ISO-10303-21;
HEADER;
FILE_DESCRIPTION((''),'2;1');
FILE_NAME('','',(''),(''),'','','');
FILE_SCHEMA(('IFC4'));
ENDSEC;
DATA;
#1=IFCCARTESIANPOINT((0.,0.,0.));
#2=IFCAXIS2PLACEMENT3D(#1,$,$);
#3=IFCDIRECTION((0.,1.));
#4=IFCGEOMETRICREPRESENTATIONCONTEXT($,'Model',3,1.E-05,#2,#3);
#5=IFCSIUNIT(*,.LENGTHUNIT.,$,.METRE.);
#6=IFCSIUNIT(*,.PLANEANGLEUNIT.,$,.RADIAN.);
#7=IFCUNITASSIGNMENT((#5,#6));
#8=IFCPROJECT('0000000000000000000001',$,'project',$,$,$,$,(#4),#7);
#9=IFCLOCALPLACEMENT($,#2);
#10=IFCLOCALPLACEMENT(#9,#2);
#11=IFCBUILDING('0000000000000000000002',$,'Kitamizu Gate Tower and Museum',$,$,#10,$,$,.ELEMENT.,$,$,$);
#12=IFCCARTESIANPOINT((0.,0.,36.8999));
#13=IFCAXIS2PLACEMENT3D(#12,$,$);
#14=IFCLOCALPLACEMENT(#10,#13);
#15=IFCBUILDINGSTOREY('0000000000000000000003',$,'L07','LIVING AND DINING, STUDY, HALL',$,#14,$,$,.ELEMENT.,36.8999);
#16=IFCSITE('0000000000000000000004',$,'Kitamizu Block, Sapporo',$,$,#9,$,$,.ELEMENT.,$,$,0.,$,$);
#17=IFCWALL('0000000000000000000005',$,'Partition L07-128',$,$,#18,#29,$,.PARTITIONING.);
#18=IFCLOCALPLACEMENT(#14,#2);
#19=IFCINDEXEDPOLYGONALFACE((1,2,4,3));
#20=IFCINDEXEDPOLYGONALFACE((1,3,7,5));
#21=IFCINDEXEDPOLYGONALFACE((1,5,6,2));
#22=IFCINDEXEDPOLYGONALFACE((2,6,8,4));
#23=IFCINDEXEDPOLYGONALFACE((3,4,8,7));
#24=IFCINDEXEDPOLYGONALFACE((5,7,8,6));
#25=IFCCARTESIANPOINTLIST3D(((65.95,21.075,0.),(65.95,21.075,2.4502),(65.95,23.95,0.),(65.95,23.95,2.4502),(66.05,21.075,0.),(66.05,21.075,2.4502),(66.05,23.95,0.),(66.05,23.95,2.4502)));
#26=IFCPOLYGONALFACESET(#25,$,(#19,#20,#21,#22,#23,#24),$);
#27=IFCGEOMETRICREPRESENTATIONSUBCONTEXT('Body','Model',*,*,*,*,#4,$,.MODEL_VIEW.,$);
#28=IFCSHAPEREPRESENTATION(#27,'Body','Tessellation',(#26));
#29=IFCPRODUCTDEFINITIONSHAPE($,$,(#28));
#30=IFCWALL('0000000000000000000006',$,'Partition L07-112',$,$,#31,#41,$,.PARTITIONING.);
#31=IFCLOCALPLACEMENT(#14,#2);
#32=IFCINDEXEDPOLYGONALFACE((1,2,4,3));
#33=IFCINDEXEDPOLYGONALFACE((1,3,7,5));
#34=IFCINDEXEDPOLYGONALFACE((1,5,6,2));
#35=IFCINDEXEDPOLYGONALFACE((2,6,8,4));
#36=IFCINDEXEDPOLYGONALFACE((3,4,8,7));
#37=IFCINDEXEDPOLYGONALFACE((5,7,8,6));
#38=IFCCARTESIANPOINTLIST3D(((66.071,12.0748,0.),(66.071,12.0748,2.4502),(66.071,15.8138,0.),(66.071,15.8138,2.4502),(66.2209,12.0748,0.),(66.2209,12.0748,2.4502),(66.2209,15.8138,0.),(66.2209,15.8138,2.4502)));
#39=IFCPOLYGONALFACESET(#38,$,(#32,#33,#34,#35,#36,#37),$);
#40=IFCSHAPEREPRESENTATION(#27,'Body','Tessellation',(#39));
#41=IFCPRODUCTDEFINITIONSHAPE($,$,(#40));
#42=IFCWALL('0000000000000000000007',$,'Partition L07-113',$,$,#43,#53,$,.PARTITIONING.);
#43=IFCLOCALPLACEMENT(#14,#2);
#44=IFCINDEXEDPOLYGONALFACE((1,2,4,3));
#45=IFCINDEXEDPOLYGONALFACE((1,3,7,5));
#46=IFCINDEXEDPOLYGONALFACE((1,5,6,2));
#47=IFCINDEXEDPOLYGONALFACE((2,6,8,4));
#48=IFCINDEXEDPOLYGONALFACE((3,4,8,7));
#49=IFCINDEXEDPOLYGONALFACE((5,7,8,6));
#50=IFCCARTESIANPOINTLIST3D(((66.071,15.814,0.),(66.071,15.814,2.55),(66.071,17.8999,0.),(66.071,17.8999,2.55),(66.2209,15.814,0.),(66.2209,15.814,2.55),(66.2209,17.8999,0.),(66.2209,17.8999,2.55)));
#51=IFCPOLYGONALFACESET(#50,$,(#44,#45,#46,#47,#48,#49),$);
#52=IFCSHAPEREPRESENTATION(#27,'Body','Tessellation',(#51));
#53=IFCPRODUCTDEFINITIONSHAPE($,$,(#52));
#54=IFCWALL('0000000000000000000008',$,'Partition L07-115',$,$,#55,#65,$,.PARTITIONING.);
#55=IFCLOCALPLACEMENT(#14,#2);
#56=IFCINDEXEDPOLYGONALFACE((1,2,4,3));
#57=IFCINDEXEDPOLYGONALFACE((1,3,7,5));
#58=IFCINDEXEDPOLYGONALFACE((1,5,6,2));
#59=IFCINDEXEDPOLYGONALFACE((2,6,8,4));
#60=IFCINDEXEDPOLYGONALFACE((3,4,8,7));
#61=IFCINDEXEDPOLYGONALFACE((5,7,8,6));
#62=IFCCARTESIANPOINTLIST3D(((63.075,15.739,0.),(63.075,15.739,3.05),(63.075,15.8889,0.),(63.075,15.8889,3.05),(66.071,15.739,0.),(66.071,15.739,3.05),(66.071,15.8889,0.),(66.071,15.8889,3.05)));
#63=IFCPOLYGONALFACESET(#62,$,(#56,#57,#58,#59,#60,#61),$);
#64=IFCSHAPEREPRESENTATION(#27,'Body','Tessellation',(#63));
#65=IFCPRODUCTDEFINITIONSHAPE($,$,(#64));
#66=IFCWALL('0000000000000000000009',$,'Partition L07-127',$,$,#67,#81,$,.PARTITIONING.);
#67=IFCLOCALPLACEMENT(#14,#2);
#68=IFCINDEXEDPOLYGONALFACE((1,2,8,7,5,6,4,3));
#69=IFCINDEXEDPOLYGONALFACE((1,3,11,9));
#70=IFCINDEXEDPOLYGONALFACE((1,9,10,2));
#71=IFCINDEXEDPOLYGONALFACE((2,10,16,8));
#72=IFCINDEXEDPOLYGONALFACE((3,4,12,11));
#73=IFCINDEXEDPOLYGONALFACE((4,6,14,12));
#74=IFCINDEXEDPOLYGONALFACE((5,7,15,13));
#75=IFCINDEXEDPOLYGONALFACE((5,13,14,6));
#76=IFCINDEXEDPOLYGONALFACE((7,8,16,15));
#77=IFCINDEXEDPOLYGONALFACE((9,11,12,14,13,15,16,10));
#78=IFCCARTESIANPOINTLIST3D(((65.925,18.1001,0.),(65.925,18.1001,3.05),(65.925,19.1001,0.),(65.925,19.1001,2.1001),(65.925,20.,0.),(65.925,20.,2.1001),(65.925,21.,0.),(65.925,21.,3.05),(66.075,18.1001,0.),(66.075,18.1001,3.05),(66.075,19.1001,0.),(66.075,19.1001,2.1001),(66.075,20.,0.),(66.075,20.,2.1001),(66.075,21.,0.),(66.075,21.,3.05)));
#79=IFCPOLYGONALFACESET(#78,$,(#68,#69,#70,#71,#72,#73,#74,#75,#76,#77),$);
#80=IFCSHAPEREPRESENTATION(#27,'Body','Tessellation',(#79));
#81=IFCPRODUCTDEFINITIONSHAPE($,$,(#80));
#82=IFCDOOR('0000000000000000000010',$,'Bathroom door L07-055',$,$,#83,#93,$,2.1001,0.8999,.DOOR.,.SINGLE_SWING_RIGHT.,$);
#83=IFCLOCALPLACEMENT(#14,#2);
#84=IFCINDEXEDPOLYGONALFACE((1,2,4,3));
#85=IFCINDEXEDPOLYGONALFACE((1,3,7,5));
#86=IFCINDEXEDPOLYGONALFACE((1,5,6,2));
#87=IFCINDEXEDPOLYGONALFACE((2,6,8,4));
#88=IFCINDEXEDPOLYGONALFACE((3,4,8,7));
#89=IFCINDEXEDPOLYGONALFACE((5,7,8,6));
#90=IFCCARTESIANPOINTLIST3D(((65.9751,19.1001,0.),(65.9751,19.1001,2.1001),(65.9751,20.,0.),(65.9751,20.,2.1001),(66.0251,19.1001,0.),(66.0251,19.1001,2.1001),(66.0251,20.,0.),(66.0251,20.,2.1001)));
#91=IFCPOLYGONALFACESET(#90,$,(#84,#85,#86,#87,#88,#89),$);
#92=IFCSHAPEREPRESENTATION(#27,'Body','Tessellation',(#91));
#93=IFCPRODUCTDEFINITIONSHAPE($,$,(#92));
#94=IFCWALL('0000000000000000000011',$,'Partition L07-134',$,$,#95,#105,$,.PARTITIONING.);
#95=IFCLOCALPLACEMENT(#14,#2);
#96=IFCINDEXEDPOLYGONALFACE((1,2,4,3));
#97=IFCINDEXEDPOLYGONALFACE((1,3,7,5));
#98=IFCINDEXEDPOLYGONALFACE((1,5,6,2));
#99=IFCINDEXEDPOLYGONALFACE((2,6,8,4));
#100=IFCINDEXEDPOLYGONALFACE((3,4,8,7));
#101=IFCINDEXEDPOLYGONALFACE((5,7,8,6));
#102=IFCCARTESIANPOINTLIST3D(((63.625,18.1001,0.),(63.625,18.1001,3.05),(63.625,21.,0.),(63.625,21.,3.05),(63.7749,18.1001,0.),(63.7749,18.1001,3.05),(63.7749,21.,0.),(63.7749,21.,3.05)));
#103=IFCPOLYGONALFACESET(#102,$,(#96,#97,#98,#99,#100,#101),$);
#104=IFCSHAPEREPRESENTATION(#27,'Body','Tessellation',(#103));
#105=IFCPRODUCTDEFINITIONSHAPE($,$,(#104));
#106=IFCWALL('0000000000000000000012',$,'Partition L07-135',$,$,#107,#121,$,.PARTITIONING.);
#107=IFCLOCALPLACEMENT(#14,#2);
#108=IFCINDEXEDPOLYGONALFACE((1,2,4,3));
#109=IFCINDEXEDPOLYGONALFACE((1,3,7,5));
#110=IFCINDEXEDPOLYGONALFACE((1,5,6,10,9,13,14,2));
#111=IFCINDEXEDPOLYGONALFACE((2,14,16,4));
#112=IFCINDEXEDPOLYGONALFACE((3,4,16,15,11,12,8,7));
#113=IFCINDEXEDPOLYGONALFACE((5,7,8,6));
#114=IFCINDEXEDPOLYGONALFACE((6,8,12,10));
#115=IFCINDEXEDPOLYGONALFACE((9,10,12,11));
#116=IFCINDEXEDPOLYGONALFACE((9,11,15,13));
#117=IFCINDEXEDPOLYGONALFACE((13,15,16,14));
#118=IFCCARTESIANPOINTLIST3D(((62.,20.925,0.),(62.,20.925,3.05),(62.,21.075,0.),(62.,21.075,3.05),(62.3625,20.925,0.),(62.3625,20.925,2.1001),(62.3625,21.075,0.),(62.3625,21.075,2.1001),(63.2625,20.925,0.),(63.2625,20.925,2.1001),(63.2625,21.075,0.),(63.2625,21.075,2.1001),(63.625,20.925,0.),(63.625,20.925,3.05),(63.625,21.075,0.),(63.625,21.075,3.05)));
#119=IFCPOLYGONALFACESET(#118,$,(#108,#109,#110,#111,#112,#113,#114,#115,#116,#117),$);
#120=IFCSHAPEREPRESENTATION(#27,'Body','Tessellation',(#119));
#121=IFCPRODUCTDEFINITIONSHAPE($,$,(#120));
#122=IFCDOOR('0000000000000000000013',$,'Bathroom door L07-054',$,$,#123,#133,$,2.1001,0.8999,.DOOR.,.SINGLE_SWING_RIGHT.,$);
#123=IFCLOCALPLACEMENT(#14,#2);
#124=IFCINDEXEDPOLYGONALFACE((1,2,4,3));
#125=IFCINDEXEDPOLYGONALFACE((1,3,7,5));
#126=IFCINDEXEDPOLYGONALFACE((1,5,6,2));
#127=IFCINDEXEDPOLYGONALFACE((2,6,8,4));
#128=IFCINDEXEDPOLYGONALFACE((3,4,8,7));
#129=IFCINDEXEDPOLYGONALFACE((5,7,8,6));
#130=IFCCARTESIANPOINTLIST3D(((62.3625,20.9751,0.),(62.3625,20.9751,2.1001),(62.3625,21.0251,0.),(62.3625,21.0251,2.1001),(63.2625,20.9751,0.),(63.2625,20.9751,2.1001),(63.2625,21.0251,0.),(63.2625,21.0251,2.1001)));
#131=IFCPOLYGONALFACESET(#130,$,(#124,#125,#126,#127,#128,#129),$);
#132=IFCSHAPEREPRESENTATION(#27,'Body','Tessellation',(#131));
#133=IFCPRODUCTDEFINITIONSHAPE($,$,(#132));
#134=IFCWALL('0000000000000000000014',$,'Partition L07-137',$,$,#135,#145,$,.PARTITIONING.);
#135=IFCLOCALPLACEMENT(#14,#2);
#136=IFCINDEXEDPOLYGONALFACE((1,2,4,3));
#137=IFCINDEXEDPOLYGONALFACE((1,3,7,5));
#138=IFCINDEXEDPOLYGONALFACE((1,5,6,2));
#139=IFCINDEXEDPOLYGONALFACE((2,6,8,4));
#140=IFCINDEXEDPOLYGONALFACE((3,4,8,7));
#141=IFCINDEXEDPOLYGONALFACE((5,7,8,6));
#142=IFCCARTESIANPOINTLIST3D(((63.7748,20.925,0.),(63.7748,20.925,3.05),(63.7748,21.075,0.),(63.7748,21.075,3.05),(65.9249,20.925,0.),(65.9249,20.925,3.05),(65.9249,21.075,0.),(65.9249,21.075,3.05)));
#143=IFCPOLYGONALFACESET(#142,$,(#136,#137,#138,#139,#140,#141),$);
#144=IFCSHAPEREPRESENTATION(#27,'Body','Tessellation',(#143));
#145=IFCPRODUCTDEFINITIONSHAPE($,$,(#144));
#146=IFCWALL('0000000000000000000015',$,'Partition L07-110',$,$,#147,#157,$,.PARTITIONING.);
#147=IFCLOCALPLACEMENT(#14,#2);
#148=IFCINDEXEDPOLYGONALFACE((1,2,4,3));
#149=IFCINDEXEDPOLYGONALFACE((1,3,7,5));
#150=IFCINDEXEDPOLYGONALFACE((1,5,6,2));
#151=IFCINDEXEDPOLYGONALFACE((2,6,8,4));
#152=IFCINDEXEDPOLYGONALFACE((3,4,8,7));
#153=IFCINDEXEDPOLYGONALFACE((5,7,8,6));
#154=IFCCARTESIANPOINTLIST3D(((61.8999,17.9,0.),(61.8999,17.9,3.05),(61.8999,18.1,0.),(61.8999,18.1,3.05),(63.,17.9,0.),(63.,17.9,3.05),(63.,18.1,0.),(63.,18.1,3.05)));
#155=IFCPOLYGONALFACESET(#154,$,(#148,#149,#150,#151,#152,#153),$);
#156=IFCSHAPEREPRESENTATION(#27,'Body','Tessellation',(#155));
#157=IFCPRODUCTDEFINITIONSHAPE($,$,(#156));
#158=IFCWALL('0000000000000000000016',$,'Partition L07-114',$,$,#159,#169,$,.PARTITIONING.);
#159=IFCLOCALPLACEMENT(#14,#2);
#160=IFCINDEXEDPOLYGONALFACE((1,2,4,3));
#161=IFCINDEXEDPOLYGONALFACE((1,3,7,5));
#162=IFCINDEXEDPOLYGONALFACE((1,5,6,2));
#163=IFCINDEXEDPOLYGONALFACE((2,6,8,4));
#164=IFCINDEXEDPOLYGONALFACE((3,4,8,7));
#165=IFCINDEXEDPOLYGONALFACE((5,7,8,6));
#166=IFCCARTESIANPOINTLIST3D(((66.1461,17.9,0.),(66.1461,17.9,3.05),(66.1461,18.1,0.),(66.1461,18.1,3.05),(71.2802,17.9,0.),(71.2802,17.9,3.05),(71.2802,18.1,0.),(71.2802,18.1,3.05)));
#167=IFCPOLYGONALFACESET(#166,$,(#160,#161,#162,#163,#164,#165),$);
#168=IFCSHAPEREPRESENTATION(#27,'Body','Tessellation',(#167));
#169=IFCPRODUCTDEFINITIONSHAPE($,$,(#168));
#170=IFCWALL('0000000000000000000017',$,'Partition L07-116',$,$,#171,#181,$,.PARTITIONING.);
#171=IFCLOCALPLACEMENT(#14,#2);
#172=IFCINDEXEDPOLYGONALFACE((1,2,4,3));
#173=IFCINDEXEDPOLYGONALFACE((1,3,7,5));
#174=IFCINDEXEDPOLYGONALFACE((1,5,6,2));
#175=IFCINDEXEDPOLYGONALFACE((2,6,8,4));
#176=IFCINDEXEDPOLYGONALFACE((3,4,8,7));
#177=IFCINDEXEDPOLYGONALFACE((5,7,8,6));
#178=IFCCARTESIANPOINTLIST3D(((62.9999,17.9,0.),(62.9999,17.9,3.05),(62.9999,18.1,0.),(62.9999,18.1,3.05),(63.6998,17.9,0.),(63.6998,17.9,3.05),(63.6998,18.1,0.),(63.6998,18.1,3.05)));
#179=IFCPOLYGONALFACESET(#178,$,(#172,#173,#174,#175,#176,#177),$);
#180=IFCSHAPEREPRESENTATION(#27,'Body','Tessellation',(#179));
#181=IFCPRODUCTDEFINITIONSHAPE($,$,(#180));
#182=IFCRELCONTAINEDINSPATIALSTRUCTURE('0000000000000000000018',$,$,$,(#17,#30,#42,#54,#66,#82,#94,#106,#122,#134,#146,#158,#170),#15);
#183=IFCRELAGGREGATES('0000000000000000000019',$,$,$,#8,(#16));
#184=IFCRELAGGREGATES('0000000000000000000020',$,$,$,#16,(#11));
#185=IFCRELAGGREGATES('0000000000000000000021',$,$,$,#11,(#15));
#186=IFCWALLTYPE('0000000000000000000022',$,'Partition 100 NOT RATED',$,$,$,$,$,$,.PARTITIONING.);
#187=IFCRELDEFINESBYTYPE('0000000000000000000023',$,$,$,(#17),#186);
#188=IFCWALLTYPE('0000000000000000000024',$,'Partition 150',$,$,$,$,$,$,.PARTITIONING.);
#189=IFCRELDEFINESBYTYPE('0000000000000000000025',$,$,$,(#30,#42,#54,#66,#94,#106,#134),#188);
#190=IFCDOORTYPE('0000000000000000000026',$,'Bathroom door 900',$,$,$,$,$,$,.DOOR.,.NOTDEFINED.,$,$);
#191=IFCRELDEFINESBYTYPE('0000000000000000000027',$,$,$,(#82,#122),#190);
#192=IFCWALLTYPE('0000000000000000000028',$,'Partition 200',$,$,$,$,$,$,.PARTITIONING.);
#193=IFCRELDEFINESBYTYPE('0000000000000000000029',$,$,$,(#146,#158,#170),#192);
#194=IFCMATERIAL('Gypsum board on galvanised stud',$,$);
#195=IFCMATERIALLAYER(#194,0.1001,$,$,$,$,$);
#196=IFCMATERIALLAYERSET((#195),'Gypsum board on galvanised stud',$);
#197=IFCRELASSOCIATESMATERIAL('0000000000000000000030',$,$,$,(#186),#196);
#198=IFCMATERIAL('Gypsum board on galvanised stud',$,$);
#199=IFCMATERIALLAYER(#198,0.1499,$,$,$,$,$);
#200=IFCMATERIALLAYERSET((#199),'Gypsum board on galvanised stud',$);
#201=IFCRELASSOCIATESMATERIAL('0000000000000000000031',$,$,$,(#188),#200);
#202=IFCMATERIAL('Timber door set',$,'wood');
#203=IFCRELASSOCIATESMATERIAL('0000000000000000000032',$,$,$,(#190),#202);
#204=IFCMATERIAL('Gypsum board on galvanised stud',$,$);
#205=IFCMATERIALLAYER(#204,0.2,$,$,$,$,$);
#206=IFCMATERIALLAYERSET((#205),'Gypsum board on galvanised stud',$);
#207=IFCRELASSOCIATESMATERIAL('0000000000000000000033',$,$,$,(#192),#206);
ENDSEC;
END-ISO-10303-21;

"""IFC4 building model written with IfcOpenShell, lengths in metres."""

from ifc_helpers import new_model, si_unit, direction, frame, frame_2d, origin, place, context, subcontext, project, spatial, rectangle, extrude, material, layer, layer_set, type_object, element, fill, save


model = new_model("IFC4")

# Units and contexts
model_context = context("Model", 3, precision=1e-05, world=origin(), true_north=direction((0.0, 1.0)))
body_context = subcontext(model_context, "Body", "Model", "MODEL_VIEW")
ifc_project = project(units=[si_unit("LENGTHUNIT", "METRE"), si_unit("PLANEANGLEUNIT", "RADIAN")], contexts=[model_context])

# Site, building, storey
site_placement = place(None, origin())
site = spatial("IfcSite", under=ifc_project, at=site_placement, Name="Kitamizu Block, Sapporo", CompositionType="ELEMENT", RefElevation=0.0)
building_placement = place(site_placement, origin())
building = spatial("IfcBuilding", under=site, at=building_placement, Name="Kitamizu Gate Tower and Museum", CompositionType="ELEMENT")
storey_placement = place(building_placement, frame((0.0, 0.0, 36.8999)))
storey = spatial("IfcBuildingStorey", under=building, at=storey_placement, Name="L07", Description="LIVING AND DINING, STUDY, HALL", CompositionType="ELEMENT", Elevation=36.8999)

# Walls
ifc_material_1 = material(Name="Gypsum board on galvanised stud")
ifc_layer_1 = layer(ifc_material_1, 0.1001)
ifc_layer_set_1 = layer_set([ifc_layer_1], Name="Gypsum board on galvanised stud")
wall_type_1 = type_object("IfcWallType", Name="Partition 100 NOT RATED", PredefinedType="PARTITIONING", material=ifc_layer_set_1)
wall_1_placement = place(storey_placement, frame((66.0, 23.95, 0.0), z_axis=(0.0, 0.0, 1.0), x_axis=(0.0, -1.0, 0.0)))
element("IfcWall", 1, at=wall_1_placement, inside=storey, type_object=wall_type_1, Name="Partition L07-128", PredefinedType="PARTITIONING", context=body_context, shape_type="SweptSolid", body=[
    extrude(rectangle(XDim=2.875, YDim=0.1001, at=frame_2d((1.4375, 0.0))), origin(), (0.0, 0.0, 1.0), 2.4502),
])
ifc_material_2 = material(Name="Gypsum board on galvanised stud")
ifc_layer_2 = layer(ifc_material_2, 0.1499)
ifc_layer_set_2 = layer_set([ifc_layer_2], Name="Gypsum board on galvanised stud")
wall_type_2 = type_object("IfcWallType", Name="Partition 150", PredefinedType="PARTITIONING", material=ifc_layer_set_2)
wall_2_placement = place(storey_placement, frame((66.146, 15.814, 0.0), z_axis=(0.0, 0.0, 1.0), x_axis=(0.0, -1.0, 0.0)))
element("IfcWall", 2, at=wall_2_placement, inside=storey, type_object=wall_type_2, Name="Partition L07-112", PredefinedType="PARTITIONING", context=body_context, shape_type="SweptSolid", body=[
    extrude(rectangle(XDim=3.739, YDim=0.1499, at=frame_2d((1.8696, 0.0))), origin(), (0.0, 0.0, 1.0), 2.4502),
])
wall_3_placement = place(storey_placement, frame((66.146, 17.8999, 0.0), z_axis=(0.0, 0.0, 1.0), x_axis=(0.0, -1.0, 0.0)))
element("IfcWall", 3, at=wall_3_placement, inside=storey, type_object=wall_type_2, Name="Partition L07-113", PredefinedType="PARTITIONING", context=body_context, shape_type="SweptSolid", body=[
    extrude(rectangle(XDim=2.0859, YDim=0.1499, at=frame_2d((1.043, 0.0))), origin(), (0.0, 0.0, 1.0), 2.55),
])
wall_4_placement = place(storey_placement, frame((66.071, 15.814, 0.0), z_axis=(0.0, 0.0, 1.0), x_axis=(-1.0, 0.0, 0.0)))
element("IfcWall", 4, at=wall_4_placement, inside=storey, type_object=wall_type_2, Name="Partition L07-115", PredefinedType="PARTITIONING", context=body_context, shape_type="SweptSolid", body=[
    extrude(rectangle(XDim=2.9961, YDim=0.1499, at=frame_2d((1.498, 0.0))), origin(), (0.0, 0.0, 1.0), 3.05),
])

# Wall, opening, door
wall_5_placement = place(storey_placement, frame((66.0, 21.0, 0.0), z_axis=(0.0, 0.0, 1.0), x_axis=(0.0, -1.0, 0.0)))
wall_5 = element("IfcWall", 5, at=wall_5_placement, inside=storey, type_object=wall_type_2, Name="Partition L07-127", PredefinedType="PARTITIONING", context=body_context, shape_type="SweptSolid", body=[
    extrude(rectangle(XDim=2.8999, YDim=0.1499, at=frame_2d((1.45, 0.0))), origin(), (0.0, 0.0, 1.0), 3.05),
])
opening_1_placement = place(wall_5_placement, frame((1.0, 0.0, 0.0)))
opening_1 = element("IfcOpeningElement", 6, at=opening_1_placement, cuts=wall_5, PredefinedType="OPENING", context=body_context, shape_type="SweptSolid", body=[
    extrude(rectangle(XDim=0.8999, YDim=2.1001, at=frame_2d((0.45, 1.05))), frame((0.0, 0.085, 0.0), z_axis=(0.0, -1.0, 0.0), x_axis=(1.0, 0.0, 0.0)), (0.0, 0.0, 1.0), 0.1699),
])
ifc_material_3 = material(Name="Timber door set", Category="wood")
door_type = type_object("IfcDoorType", Name="Bathroom door 900", OperationType="NOTDEFINED", PredefinedType="DOOR", material=ifc_material_3)
door_1_placement = place(opening_1_placement, frame((0.8999, 0.0, 0.0), x_axis=(-1.0, 0.0, 0.0)))
door_1 = element("IfcDoor", 7, at=door_1_placement, inside=storey, type_object=door_type, Name="Bathroom door L07-055", OperationType="SINGLE_SWING_RIGHT", OverallHeight=2.1001, OverallWidth=0.8999, PredefinedType="DOOR", context=body_context, shape_type="SweptSolid", body=[
    extrude(rectangle(XDim=0.8999, YDim=2.1001, at=frame_2d((0.45, 1.05))), frame((0.0, 0.0249, 0.0), z_axis=(0.0, -1.0, 0.0), x_axis=(1.0, 0.0, 0.0)), (0.0, 0.0, 1.0), 0.05),
])
fill(opening_1, door_1)

# Wall
wall_6_placement = place(storey_placement, frame((63.7, 18.1001, 0.0), z_axis=(0.0, 0.0, 1.0), x_axis=(0.0, 1.0, 0.0)))
element("IfcWall", 8, at=wall_6_placement, inside=storey, type_object=wall_type_2, Name="Partition L07-134", PredefinedType="PARTITIONING", context=body_context, shape_type="SweptSolid", body=[
    extrude(rectangle(XDim=2.8999, YDim=0.1499, at=frame_2d((1.45, 0.0))), origin(), (0.0, 0.0, 1.0), 3.05),
])

# Wall, opening, door
wall_7_placement = place(storey_placement, frame((63.625, 21.0, 0.0), z_axis=(0.0, 0.0, 1.0), x_axis=(-1.0, 0.0, 0.0)))
wall_7 = element("IfcWall", 9, at=wall_7_placement, inside=storey, type_object=wall_type_2, Name="Partition L07-135", PredefinedType="PARTITIONING", context=body_context, shape_type="SweptSolid", body=[
    extrude(rectangle(XDim=1.625, YDim=0.1499, at=frame_2d((0.8125, 0.0))), origin(), (0.0, 0.0, 1.0), 3.05),
])
opening_2_placement = place(wall_7_placement, frame((0.3625, 0.0, 0.0)))
opening_2 = element("IfcOpeningElement", 10, at=opening_2_placement, cuts=wall_7, PredefinedType="OPENING", context=body_context, shape_type="SweptSolid", body=[
    extrude(rectangle(XDim=0.8999, YDim=2.1001, at=frame_2d((0.45, 1.05))), frame((0.0, 0.085, 0.0), z_axis=(0.0, -1.0, 0.0), x_axis=(1.0, 0.0, 0.0)), (0.0, 0.0, 1.0), 0.1699),
])
door_2_placement = place(opening_2_placement, origin())
door_2 = element("IfcDoor", 11, at=door_2_placement, inside=storey, type_object=door_type, Name="Bathroom door L07-054", OperationType="SINGLE_SWING_RIGHT", OverallHeight=2.1001, OverallWidth=0.8999, PredefinedType="DOOR", context=body_context, shape_type="SweptSolid", body=[
    extrude(rectangle(XDim=0.8999, YDim=2.1001, at=frame_2d((0.45, 1.05))), frame((0.0, 0.0249, 0.0), z_axis=(0.0, -1.0, 0.0), x_axis=(1.0, 0.0, 0.0)), (0.0, 0.0, 1.0), 0.05),
])
fill(opening_2, door_2)

# Walls
wall_8_placement = place(storey_placement, frame((65.925, 21.0, 0.0), z_axis=(0.0, 0.0, 1.0), x_axis=(-1.0, 0.0, 0.0)))
element("IfcWall", 12, at=wall_8_placement, inside=storey, type_object=wall_type_2, Name="Partition L07-137", PredefinedType="PARTITIONING", context=body_context, shape_type="SweptSolid", body=[
    extrude(rectangle(XDim=2.1501, YDim=0.1499, at=frame_2d((1.0752, 0.0))), origin(), (0.0, 0.0, 1.0), 3.05),
])
ifc_material_4 = material(Name="Gypsum board on galvanised stud")
ifc_layer_3 = layer(ifc_material_4, 0.2)
ifc_layer_set_3 = layer_set([ifc_layer_3], Name="Gypsum board on galvanised stud")
wall_type_3 = type_object("IfcWallType", Name="Partition 200", PredefinedType="PARTITIONING", material=ifc_layer_set_3)
wall_9_placement = place(storey_placement, frame((63.0, 18.0, 0.0), z_axis=(0.0, 0.0, 1.0), x_axis=(-1.0, 0.0, 0.0)))
element("IfcWall", 13, at=wall_9_placement, inside=storey, type_object=wall_type_3, Name="Partition L07-110", PredefinedType="PARTITIONING", context=body_context, shape_type="SweptSolid", body=[
    extrude(rectangle(XDim=1.1001, YDim=0.2, at=frame_2d((0.55, 0.0))), origin(), (0.0, 0.0, 1.0), 3.05),
])
wall_10_placement = place(storey_placement, frame((71.28, 18.0, 0.0), z_axis=(0.0, 0.0, 1.0), x_axis=(-1.0, 0.0, 0.0)))
element("IfcWall", 14, at=wall_10_placement, inside=storey, type_object=wall_type_3, Name="Partition L07-114", PredefinedType="PARTITIONING", context=body_context, shape_type="SweptSolid", body=[
    extrude(rectangle(XDim=5.134, YDim=0.2, at=frame_2d((2.5669, 0.0))), origin(), (0.0, 0.0, 1.0), 3.05),
])
wall_11_placement = place(storey_placement, frame((63.7, 18.0, 0.0), z_axis=(0.0, 0.0, 1.0), x_axis=(-1.0, 0.0, 0.0)))
element("IfcWall", 15, at=wall_11_placement, inside=storey, type_object=wall_type_3, Name="Partition L07-116", PredefinedType="PARTITIONING", context=body_context, shape_type="SweptSolid", body=[
    extrude(rectangle(XDim=0.7, YDim=0.2, at=frame_2d((0.3501, 0.0))), origin(), (0.0, 0.0, 1.0), 3.05),
])

save(model, "model.ifc")
